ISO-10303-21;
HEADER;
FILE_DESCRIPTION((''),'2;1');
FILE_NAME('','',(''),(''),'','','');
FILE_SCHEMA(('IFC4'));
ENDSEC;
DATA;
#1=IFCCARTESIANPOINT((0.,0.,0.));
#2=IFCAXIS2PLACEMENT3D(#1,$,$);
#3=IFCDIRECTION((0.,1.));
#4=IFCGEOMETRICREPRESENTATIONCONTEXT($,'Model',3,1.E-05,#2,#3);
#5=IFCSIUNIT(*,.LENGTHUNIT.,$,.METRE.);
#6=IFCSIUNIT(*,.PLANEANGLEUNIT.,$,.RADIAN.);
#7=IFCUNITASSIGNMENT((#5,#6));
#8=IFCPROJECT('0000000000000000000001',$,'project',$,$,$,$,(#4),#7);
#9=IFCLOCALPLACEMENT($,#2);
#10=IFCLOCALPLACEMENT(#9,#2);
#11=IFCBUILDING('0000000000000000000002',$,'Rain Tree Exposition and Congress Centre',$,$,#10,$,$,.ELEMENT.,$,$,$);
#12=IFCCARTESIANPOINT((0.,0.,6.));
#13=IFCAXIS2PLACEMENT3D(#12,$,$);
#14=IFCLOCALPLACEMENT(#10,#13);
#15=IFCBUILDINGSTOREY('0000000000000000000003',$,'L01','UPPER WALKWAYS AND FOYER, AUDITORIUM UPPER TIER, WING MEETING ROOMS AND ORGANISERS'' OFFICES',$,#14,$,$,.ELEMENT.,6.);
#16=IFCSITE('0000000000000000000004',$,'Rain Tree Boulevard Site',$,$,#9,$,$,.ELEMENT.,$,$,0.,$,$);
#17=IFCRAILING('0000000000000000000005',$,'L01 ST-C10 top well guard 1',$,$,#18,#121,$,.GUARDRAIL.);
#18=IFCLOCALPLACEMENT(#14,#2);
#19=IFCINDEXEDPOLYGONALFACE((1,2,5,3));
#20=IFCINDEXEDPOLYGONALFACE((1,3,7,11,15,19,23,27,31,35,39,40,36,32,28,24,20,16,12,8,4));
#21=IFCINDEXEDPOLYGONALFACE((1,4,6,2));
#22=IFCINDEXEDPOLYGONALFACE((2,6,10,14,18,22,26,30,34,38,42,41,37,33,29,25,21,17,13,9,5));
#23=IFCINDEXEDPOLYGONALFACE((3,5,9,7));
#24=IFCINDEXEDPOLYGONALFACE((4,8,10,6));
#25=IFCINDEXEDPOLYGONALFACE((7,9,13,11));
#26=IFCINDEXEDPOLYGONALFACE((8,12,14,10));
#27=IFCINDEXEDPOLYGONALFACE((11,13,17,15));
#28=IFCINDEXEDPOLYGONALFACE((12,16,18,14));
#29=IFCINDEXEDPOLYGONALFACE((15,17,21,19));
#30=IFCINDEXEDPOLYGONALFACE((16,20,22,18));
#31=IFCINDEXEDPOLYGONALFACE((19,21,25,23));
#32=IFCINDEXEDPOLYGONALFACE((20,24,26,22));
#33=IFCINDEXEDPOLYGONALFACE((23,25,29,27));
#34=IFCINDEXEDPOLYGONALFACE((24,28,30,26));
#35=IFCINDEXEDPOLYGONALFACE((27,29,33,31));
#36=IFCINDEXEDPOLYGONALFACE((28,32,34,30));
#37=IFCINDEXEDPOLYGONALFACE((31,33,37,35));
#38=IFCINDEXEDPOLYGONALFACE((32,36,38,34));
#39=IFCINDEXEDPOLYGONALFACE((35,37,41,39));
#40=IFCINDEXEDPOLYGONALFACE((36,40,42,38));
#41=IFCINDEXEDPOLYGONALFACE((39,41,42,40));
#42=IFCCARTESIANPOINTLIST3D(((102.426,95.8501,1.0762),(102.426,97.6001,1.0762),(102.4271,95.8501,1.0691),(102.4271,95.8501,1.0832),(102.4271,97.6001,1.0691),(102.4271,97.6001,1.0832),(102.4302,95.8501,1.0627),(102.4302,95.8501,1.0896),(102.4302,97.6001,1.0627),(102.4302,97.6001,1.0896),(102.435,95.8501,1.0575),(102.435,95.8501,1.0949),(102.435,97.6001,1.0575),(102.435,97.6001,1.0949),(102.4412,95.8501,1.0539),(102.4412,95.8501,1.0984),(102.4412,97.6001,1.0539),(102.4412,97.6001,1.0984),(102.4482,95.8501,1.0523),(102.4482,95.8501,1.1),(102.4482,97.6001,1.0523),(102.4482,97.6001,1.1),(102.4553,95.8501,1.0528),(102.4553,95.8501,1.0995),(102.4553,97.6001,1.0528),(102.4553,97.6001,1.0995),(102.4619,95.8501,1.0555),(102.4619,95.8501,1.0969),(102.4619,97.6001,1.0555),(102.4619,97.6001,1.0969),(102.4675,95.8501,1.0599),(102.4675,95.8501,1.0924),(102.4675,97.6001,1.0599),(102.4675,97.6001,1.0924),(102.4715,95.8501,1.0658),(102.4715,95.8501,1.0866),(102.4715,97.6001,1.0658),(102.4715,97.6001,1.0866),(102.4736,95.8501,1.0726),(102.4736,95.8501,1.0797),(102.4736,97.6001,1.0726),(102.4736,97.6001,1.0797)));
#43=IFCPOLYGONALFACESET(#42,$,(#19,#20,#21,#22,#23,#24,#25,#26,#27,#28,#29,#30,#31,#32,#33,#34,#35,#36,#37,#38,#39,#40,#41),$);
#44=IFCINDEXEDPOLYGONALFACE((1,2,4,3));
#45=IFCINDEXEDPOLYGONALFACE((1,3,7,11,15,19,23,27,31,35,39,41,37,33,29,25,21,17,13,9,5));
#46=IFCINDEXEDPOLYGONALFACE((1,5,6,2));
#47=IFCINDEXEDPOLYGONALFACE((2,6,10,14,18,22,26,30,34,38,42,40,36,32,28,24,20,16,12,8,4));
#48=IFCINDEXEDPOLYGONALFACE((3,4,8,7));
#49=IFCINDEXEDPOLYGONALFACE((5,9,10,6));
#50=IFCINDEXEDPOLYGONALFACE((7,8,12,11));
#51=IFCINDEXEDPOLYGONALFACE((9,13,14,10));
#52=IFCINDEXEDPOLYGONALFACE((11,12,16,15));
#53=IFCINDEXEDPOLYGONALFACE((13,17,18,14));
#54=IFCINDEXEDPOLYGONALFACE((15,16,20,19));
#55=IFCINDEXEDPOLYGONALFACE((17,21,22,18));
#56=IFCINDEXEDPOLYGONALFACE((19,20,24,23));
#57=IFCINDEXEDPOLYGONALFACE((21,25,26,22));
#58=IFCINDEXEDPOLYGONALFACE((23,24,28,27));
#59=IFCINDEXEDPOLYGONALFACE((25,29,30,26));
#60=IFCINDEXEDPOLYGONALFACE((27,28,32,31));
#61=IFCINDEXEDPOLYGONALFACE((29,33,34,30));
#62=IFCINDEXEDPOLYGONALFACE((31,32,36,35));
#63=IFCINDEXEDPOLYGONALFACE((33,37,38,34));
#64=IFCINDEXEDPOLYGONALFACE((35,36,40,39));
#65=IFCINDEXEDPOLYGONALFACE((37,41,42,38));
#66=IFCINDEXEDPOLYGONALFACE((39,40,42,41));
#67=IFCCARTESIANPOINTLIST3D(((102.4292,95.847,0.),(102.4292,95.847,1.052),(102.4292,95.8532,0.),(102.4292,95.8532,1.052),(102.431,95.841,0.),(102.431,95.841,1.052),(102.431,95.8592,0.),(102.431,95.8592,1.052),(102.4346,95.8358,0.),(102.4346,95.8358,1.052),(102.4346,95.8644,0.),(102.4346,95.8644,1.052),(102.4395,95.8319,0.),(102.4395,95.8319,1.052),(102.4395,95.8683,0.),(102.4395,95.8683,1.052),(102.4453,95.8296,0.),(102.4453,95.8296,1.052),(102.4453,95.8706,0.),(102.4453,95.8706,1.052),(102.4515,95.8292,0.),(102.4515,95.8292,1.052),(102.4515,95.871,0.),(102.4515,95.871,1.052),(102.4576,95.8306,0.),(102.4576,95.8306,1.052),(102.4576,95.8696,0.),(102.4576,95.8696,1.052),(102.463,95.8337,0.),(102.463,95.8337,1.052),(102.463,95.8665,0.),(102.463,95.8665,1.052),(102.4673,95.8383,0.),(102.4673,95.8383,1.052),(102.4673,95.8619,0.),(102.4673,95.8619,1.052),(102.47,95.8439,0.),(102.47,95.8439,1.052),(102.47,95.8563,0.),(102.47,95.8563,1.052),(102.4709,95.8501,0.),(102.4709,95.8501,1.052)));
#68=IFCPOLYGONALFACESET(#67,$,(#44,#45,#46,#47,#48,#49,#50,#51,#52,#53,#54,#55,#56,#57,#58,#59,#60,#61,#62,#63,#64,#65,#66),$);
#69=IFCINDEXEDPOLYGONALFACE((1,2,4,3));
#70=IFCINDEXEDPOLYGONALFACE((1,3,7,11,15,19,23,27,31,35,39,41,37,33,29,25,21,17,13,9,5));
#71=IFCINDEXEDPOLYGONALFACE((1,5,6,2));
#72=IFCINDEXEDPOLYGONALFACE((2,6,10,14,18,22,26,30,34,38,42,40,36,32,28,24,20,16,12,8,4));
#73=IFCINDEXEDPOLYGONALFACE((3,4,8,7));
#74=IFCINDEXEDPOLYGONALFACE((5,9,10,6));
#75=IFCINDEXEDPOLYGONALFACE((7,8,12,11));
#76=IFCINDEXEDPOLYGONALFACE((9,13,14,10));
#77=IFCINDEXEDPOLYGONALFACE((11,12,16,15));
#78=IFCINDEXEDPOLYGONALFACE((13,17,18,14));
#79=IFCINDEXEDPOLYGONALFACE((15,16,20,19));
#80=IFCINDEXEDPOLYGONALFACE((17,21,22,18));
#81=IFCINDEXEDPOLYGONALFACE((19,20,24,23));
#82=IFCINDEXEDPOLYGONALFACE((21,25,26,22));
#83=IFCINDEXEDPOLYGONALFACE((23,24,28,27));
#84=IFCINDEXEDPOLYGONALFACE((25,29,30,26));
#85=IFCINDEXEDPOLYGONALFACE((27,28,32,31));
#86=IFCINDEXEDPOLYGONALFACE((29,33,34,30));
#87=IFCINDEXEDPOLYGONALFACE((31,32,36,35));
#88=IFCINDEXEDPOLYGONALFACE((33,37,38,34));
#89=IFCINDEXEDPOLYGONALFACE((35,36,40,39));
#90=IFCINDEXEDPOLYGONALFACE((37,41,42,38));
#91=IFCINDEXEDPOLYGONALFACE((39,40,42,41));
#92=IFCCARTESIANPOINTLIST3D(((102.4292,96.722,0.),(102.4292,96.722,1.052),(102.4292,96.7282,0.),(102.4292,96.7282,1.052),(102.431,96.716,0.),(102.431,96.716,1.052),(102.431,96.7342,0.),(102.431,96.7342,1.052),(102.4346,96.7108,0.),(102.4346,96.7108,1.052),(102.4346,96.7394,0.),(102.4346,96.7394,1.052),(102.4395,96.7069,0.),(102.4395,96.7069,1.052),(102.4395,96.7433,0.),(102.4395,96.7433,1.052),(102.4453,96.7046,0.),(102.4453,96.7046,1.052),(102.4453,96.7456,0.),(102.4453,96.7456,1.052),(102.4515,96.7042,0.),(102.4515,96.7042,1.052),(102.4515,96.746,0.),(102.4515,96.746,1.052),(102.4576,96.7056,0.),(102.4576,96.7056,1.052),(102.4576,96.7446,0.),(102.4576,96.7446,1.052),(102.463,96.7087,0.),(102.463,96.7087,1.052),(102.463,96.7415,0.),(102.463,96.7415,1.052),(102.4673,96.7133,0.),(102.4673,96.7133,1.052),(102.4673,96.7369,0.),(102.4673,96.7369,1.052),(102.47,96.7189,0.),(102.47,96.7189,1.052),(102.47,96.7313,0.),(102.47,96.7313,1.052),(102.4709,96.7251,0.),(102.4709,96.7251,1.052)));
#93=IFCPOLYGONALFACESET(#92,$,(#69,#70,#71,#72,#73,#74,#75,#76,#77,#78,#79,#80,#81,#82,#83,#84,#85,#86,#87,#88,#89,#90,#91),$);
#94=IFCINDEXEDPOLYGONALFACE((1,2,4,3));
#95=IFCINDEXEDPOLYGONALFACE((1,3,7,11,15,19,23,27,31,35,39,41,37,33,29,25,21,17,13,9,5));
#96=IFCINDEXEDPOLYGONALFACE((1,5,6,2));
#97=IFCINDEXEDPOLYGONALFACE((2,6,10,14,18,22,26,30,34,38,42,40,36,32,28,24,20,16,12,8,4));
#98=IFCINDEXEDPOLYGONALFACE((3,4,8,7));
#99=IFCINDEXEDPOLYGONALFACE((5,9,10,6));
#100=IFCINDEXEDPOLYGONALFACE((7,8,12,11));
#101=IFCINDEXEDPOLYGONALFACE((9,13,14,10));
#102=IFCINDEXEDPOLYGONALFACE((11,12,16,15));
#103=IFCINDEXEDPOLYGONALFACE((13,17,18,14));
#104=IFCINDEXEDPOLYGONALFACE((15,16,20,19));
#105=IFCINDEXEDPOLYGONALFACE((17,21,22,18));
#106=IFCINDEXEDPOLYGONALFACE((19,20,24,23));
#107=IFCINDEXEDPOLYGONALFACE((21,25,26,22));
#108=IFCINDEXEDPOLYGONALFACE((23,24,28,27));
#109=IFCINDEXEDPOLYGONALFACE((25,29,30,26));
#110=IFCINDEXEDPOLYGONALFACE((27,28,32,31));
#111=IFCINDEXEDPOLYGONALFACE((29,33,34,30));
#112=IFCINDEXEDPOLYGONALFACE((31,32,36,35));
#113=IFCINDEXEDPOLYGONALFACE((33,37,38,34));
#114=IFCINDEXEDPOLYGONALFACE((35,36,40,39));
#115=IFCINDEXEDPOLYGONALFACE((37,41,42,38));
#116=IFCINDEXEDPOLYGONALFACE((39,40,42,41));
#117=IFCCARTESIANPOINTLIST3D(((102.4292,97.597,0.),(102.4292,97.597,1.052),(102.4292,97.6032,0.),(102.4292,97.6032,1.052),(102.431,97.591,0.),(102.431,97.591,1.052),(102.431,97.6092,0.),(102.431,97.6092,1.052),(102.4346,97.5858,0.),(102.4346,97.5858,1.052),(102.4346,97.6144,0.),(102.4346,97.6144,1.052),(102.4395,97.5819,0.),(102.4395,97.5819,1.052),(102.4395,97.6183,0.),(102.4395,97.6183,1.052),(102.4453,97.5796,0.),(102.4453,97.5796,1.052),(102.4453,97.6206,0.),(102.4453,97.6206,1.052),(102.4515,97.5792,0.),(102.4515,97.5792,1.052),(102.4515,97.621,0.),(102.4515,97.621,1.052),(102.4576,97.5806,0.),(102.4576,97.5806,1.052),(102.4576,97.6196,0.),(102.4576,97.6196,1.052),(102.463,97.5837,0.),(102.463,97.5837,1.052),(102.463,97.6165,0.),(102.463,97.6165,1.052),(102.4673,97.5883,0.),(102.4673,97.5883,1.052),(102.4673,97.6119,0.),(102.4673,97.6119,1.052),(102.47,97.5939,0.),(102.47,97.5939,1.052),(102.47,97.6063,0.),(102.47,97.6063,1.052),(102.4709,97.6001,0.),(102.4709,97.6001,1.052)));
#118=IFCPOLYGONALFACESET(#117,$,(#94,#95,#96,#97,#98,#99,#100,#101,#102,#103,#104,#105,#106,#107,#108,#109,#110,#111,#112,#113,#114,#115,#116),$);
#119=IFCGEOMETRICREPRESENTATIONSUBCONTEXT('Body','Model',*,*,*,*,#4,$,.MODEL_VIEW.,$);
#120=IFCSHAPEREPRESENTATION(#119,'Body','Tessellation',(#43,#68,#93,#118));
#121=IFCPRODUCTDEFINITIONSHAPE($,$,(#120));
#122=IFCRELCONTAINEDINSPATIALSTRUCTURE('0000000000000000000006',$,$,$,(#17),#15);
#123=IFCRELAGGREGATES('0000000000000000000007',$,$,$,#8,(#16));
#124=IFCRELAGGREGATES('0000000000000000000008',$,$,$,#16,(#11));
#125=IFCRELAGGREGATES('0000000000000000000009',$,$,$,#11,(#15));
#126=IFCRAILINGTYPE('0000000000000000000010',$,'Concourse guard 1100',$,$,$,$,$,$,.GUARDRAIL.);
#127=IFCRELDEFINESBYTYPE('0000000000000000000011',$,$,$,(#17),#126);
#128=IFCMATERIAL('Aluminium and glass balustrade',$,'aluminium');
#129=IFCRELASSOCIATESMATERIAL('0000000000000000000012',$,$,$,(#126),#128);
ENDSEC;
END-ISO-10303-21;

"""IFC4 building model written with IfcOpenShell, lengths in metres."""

from ifc_helpers import new_model, si_unit, direction, frame, origin, origin_2d, place, context, subcontext, project, spatial, circle, extrude, material, type_object, element, save


model = new_model("IFC4")

# Units and contexts
model_context = context("Model", 3, precision=1e-05, world=origin(), true_north=direction((0.0, 1.0)))
body_context = subcontext(model_context, "Body", "Model", "MODEL_VIEW")
ifc_project = project(units=[si_unit("LENGTHUNIT", "METRE"), si_unit("PLANEANGLEUNIT", "RADIAN")], contexts=[model_context])

# Site, building, storey
site_placement = place(None, origin())
site = spatial("IfcSite", under=ifc_project, at=site_placement, Name="Rain Tree Boulevard Site", CompositionType="ELEMENT", RefElevation=0.0)
building_placement = place(site_placement, origin())
building = spatial("IfcBuilding", under=site, at=building_placement, Name="Rain Tree Exposition and Congress Centre", CompositionType="ELEMENT")
storey_placement = place(building_placement, frame((0.0, 0.0, 6.0)))
storey = spatial("IfcBuildingStorey", under=building, at=storey_placement, Name="L01", Description="UPPER WALKWAYS AND FOYER, AUDITORIUM UPPER TIER, WING MEETING ROOMS AND ORGANISERS' OFFICES", CompositionType="ELEMENT", Elevation=6.0)

# Railing
ifc_material_1 = material(Name="Aluminium and glass balustrade", Category="aluminium")
railing_type = type_object("IfcRailingType", Name="Concourse guard 1100", PredefinedType="GUARDRAIL", material=ifc_material_1)
railing_1_placement = place(storey_placement, frame((102.45, 95.8501, 0.0)))
element("IfcRailing", 1, at=railing_1_placement, inside=storey, type_object=railing_type, Name="L01 ST-C10 top well guard 1", PredefinedType="GUARDRAIL", context=body_context, shape_type="SweptSolid", body=[
    extrude(circle(Radius=0.0239, at=origin_2d()), frame((0.0, 0.0, 1.0762), z_axis=(0.0, 1.0, 0.0), x_axis=(-1.0, 0.0, 0.0)), (0.0, 0.0, 1.0), 1.75),
    extrude(circle(Radius=0.021, at=origin_2d()), origin(), (0.0, 0.0, 1.0), 1.052),
    extrude(circle(Radius=0.021, at=origin_2d()), frame((0.0, 0.875, 0.0)), (0.0, 0.0, 1.0), 1.052),
    extrude(circle(Radius=0.021, at=origin_2d()), frame((0.0, 1.75, 0.0)), (0.0, 0.0, 1.0), 1.052),
])

save(model, "model.ifc")
